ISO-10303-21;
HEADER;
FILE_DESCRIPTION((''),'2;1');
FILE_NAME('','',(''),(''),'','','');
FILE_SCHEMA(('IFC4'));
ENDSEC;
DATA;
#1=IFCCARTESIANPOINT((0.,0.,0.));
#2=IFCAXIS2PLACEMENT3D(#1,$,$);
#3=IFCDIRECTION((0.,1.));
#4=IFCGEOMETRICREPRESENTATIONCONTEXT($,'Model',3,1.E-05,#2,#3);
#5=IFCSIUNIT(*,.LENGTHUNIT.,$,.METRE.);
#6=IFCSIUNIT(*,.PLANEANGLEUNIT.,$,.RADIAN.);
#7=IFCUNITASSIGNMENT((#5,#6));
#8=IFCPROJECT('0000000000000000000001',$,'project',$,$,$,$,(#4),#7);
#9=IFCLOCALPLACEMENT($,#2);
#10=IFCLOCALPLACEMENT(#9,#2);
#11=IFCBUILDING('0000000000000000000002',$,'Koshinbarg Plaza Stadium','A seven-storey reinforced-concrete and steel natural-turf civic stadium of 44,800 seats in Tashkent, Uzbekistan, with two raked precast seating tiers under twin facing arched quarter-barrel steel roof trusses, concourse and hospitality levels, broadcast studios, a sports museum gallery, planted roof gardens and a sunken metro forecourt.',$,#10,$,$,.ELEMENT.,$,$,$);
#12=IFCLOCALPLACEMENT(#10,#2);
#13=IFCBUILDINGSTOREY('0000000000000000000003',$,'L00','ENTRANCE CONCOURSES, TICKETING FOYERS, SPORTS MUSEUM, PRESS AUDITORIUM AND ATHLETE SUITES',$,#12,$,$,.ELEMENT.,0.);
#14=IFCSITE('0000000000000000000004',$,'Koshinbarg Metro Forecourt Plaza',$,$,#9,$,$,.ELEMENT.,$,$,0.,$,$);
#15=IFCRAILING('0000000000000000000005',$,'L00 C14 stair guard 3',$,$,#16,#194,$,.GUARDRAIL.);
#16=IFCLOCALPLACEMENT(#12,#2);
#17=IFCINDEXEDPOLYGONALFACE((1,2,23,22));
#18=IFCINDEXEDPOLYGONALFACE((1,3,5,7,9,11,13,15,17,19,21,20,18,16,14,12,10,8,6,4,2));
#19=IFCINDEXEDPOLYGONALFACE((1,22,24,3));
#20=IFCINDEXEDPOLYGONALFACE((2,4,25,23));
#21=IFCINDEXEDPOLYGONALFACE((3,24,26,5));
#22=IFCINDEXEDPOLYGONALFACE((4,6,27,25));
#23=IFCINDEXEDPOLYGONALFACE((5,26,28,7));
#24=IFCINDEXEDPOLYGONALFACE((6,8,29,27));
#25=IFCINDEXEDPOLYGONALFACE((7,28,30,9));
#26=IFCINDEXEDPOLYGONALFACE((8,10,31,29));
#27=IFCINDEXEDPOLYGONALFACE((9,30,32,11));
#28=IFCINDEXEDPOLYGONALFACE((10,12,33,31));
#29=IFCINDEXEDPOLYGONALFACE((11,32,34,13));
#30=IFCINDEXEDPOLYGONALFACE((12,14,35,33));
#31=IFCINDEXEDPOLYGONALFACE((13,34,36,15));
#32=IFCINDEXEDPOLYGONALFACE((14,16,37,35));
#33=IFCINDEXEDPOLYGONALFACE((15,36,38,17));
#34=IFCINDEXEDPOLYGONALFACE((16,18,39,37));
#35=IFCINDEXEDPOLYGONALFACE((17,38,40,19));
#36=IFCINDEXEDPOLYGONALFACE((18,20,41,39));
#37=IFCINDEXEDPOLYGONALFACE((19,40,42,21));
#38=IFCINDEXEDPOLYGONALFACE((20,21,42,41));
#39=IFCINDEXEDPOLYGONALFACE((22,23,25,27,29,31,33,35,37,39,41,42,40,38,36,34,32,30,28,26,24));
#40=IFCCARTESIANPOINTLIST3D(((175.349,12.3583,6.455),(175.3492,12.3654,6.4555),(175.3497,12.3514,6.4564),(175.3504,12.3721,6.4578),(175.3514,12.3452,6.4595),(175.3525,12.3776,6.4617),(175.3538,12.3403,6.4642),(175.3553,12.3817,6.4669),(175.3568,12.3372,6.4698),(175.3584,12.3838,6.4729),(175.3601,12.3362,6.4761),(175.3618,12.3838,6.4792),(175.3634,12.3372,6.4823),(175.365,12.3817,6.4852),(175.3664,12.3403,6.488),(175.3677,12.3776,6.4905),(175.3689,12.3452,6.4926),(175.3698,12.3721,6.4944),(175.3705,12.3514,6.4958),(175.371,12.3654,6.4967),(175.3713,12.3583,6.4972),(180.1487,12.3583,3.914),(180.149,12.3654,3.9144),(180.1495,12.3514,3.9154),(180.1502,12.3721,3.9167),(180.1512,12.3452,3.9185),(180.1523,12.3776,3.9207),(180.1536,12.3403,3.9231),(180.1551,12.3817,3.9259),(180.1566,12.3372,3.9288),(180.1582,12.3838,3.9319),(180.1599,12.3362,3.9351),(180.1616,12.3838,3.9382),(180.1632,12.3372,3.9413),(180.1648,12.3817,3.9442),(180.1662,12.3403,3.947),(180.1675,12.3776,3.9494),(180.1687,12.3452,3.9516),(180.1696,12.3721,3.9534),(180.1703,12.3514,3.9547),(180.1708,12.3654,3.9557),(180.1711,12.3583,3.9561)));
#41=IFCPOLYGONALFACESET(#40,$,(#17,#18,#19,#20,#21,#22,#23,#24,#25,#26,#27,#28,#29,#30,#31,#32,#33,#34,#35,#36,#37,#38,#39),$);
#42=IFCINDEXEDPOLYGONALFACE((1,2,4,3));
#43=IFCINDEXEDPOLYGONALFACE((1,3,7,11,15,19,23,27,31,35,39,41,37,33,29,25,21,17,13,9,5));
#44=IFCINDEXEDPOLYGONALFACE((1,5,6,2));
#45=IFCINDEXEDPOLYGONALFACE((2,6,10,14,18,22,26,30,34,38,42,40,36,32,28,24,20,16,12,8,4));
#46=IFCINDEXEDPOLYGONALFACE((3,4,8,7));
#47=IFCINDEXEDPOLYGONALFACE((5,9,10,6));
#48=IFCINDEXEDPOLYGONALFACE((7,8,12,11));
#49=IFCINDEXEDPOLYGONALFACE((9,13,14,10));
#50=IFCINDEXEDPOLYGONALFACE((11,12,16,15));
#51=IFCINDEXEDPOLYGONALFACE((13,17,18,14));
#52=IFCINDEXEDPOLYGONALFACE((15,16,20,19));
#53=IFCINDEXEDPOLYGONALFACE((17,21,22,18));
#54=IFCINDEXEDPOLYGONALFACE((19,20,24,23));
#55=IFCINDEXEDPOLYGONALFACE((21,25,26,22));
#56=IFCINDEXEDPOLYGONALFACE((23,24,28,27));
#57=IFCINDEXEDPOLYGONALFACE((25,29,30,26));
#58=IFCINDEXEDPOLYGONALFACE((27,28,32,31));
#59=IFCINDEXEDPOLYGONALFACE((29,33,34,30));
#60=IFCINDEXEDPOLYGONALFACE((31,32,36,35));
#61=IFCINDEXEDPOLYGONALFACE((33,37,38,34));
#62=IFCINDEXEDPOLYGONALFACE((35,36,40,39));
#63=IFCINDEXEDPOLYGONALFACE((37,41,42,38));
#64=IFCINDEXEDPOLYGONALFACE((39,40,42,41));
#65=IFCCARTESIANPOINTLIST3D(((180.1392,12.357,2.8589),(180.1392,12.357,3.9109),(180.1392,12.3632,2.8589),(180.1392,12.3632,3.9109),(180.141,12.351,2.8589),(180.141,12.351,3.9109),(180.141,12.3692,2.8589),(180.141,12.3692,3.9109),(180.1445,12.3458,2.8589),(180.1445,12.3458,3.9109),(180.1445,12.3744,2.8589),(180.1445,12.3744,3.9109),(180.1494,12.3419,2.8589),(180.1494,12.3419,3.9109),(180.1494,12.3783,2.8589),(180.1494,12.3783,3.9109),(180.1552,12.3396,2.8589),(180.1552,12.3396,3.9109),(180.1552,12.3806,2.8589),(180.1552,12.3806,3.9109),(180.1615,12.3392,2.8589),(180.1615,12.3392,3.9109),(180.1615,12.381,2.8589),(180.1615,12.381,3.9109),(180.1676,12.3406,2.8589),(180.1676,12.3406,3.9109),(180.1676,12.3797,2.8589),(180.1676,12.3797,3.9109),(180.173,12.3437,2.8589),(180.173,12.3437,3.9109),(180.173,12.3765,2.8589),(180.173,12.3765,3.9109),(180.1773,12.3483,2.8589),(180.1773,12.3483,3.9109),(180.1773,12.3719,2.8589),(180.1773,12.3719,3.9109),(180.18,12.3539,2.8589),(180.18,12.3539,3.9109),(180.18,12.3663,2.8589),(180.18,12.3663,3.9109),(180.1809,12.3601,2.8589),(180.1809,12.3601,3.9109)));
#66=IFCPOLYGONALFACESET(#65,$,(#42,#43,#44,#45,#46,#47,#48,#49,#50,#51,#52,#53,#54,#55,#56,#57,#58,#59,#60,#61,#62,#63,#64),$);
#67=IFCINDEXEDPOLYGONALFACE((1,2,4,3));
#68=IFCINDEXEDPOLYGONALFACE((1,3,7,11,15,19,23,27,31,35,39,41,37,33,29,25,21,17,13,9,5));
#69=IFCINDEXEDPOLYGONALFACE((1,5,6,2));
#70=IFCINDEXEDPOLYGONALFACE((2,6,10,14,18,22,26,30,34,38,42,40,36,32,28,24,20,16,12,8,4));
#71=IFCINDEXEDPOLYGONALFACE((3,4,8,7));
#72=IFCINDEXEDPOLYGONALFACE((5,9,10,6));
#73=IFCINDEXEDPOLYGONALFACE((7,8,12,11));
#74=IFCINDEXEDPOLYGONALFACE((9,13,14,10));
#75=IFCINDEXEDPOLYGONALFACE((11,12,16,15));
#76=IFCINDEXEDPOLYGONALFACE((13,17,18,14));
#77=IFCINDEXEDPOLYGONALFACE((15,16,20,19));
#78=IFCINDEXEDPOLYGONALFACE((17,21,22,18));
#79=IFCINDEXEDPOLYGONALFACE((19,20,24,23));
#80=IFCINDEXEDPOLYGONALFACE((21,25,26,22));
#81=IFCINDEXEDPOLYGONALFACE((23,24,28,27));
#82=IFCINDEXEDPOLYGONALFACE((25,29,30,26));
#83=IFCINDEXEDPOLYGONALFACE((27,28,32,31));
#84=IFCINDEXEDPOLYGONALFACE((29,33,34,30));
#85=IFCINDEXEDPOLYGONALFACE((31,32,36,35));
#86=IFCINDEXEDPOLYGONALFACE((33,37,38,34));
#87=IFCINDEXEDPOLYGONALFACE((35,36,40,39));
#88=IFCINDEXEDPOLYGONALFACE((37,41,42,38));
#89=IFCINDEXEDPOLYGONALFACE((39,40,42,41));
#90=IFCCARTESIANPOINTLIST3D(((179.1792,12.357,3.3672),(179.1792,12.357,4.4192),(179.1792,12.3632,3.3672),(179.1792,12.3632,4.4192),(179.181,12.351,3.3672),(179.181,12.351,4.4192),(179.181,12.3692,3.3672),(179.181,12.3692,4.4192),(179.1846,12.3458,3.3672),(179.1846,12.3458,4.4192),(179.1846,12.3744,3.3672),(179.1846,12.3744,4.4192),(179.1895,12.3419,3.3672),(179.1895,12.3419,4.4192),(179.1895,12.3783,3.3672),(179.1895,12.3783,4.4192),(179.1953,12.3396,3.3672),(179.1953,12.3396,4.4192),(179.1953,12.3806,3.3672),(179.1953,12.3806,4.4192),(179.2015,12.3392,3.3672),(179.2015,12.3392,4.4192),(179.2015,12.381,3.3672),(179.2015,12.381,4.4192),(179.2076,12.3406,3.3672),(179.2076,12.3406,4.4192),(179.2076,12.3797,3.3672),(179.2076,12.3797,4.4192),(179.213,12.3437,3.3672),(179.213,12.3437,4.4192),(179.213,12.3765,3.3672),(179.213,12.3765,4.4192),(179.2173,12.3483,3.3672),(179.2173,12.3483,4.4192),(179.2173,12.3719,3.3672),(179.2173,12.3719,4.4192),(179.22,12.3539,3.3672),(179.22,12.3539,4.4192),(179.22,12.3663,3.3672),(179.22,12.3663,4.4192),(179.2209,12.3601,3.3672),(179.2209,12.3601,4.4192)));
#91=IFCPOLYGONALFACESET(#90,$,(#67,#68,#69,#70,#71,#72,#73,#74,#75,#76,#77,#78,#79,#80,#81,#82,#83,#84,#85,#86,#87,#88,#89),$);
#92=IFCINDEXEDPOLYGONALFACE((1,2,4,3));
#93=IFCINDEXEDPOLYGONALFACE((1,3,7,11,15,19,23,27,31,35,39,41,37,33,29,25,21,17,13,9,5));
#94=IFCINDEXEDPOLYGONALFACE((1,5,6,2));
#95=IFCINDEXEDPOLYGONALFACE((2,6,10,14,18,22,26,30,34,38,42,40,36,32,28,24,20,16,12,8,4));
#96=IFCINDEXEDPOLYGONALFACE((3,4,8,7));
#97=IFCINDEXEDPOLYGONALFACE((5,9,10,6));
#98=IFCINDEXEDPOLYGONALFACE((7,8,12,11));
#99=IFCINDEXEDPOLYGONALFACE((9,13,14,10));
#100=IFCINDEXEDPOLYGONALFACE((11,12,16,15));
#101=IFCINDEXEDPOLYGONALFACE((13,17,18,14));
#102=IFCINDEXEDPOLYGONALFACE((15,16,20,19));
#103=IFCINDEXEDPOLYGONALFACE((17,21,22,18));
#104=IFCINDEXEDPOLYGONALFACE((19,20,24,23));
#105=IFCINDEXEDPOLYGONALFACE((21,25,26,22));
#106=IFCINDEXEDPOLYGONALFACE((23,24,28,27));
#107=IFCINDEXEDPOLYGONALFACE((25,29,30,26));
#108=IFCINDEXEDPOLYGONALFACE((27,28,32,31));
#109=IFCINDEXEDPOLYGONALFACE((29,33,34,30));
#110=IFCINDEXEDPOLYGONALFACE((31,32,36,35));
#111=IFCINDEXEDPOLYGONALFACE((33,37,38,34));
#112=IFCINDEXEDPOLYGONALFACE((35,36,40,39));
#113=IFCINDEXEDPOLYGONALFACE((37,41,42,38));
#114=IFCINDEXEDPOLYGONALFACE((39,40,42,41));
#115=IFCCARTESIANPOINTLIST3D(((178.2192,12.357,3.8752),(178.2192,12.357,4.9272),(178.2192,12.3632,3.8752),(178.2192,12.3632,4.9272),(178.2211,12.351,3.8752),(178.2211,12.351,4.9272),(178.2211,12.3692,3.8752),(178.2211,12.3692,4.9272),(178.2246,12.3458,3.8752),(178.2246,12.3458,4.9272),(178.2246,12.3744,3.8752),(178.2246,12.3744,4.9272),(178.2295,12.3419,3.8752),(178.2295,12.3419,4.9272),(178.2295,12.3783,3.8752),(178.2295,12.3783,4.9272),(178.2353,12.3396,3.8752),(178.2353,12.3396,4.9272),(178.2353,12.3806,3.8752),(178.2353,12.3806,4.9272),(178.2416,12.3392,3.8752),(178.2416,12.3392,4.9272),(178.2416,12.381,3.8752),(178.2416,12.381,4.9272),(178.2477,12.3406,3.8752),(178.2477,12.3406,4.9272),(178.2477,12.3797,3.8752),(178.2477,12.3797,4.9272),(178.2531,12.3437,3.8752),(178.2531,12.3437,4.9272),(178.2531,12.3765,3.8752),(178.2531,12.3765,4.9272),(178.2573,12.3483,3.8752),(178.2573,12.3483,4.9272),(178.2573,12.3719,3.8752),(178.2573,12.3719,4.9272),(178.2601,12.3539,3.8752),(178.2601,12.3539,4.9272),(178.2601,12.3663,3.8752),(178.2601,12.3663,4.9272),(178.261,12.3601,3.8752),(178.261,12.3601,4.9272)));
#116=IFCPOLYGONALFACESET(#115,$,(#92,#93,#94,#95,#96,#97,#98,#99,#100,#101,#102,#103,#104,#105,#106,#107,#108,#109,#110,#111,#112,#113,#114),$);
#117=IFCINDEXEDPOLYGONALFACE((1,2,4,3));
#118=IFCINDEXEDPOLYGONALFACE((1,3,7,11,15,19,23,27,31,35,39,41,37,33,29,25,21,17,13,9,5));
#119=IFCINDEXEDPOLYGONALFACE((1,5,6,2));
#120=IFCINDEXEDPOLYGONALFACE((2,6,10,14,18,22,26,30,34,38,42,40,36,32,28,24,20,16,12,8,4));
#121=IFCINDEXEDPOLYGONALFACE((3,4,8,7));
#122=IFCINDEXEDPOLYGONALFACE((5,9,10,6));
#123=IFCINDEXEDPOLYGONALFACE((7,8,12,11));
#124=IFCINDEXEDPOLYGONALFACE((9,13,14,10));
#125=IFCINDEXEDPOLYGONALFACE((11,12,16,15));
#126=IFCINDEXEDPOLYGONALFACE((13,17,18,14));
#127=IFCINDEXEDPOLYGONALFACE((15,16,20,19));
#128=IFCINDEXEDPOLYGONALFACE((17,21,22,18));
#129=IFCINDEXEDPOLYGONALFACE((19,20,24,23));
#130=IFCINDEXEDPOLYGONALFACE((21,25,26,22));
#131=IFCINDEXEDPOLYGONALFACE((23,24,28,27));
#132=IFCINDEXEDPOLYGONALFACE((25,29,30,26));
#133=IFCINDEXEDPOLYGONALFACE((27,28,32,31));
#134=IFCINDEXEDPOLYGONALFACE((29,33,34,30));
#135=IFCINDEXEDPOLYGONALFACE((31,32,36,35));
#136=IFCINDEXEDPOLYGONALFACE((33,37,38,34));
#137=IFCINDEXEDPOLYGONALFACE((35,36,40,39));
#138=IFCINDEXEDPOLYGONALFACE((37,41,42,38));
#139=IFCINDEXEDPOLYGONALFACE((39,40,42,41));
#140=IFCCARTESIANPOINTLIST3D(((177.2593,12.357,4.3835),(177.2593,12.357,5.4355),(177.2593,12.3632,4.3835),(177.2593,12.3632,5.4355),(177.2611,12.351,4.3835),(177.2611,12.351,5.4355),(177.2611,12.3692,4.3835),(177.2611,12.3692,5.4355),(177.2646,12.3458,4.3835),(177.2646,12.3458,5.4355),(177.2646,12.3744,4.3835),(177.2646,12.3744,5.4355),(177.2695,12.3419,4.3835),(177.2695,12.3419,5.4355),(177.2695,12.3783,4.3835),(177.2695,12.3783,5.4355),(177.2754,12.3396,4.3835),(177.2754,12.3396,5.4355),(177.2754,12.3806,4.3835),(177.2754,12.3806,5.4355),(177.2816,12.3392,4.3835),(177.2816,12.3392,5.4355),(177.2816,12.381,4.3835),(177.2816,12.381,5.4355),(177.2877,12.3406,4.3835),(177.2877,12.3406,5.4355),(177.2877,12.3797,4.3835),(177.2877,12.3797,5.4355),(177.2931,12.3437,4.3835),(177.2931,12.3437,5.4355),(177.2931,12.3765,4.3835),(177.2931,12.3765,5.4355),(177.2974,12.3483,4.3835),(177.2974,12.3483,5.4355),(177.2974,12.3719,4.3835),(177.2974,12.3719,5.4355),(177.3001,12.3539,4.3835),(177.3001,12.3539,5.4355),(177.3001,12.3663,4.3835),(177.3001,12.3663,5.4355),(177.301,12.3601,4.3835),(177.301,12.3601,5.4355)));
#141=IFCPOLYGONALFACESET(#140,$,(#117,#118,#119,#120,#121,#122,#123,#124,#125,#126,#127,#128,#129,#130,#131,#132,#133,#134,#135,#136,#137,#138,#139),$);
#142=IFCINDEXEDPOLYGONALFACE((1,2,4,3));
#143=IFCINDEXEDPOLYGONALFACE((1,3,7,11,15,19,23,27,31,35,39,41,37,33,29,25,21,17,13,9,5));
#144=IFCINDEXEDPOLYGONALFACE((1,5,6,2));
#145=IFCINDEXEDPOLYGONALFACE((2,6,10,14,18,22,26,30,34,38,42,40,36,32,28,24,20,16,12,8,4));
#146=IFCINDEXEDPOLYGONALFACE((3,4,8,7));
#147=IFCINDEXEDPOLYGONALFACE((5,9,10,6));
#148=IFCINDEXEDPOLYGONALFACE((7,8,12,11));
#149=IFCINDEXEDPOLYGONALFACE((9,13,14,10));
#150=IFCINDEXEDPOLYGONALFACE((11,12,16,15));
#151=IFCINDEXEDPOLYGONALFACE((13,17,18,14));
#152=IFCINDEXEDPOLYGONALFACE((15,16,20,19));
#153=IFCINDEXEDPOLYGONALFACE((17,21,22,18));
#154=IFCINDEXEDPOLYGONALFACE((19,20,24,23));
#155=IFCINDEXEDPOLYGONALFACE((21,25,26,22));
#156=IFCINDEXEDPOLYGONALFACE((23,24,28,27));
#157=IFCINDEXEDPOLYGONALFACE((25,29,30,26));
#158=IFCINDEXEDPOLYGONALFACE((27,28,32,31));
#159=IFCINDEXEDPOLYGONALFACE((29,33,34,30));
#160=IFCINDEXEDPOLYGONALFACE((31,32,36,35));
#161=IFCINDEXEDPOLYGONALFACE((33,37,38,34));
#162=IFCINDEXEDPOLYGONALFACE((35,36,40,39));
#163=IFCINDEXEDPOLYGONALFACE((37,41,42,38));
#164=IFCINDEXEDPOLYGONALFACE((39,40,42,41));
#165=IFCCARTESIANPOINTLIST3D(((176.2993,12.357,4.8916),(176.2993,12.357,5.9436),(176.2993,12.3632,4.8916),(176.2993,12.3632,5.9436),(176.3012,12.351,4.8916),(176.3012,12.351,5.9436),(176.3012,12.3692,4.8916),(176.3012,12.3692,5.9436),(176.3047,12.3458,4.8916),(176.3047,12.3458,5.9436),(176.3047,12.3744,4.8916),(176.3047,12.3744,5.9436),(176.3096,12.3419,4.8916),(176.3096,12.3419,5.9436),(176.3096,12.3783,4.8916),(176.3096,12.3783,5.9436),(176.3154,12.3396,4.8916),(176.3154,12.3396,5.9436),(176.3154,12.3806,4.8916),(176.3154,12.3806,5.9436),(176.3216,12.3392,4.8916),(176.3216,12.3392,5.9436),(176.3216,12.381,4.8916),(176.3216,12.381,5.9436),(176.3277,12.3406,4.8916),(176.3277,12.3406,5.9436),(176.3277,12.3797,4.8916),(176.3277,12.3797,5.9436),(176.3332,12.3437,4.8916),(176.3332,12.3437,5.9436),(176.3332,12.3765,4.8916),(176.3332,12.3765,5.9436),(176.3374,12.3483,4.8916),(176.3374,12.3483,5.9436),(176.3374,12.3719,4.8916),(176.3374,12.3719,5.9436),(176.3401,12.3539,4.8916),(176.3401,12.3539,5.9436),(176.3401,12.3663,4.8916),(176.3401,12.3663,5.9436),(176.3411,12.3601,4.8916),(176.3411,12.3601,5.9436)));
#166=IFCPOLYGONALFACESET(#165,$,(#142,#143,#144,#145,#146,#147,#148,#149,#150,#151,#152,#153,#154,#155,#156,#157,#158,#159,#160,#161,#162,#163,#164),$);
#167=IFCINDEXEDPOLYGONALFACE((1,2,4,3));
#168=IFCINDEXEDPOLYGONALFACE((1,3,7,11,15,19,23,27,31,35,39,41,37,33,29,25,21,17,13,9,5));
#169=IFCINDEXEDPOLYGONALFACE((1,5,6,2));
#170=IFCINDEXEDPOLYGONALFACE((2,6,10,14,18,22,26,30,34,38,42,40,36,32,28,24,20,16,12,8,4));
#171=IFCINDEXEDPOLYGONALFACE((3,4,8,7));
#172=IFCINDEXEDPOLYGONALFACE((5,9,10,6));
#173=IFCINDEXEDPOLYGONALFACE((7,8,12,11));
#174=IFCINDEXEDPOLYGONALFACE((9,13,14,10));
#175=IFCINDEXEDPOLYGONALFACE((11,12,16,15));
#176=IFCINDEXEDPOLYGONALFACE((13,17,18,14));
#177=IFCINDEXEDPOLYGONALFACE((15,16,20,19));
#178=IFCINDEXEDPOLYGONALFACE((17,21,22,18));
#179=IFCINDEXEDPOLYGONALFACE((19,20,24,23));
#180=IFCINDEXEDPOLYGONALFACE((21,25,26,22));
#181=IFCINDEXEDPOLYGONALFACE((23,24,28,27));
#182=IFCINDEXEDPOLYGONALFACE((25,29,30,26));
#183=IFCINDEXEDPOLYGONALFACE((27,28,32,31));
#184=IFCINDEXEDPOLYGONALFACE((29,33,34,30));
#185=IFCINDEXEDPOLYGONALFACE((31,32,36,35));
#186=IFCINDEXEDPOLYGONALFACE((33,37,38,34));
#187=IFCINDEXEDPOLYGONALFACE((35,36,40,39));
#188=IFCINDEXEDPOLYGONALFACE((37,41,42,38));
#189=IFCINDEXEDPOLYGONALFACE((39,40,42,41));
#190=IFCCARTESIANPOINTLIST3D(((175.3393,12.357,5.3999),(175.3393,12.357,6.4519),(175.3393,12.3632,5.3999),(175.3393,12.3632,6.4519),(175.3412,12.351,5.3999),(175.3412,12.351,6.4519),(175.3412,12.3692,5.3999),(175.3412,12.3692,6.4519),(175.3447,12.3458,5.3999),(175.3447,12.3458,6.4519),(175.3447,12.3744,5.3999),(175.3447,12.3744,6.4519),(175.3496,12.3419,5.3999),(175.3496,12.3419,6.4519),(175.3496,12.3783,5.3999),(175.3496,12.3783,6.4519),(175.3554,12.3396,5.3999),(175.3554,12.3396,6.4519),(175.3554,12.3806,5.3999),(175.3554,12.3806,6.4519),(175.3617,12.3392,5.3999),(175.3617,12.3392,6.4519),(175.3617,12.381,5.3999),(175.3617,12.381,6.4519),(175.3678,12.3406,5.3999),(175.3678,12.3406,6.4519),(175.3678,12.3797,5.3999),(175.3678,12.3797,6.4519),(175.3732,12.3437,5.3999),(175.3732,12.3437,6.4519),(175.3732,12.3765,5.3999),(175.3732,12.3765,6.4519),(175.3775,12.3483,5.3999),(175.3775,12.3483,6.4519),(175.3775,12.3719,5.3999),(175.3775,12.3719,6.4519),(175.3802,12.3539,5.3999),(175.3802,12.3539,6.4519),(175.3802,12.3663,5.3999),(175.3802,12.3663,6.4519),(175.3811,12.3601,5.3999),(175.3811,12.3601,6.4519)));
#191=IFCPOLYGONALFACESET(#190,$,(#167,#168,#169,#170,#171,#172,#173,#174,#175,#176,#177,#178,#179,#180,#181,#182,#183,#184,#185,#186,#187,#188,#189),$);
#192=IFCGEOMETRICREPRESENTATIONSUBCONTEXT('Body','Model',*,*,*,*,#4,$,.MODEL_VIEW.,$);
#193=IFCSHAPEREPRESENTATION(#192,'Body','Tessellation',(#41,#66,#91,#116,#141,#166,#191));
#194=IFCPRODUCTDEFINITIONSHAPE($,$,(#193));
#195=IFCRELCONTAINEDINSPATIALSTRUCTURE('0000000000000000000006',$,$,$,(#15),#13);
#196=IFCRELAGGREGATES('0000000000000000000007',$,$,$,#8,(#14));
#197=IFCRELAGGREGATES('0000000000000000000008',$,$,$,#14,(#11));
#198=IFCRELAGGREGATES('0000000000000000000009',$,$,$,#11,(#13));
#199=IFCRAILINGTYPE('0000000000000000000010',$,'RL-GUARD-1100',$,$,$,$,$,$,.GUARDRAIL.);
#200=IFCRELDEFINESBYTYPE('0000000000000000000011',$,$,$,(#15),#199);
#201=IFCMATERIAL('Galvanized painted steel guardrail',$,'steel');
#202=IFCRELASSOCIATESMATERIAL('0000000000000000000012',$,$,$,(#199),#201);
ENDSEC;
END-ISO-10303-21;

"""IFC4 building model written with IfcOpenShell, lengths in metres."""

from ifc_helpers import new_model, si_unit, direction, frame, origin, origin_2d, place, context, subcontext, project, spatial, circle, extrude, material, type_object, element, save


model = new_model("IFC4")

# Units and contexts
model_context = context("Model", 3, precision=1e-05, world=origin(), true_north=direction((0.0, 1.0)))
body_context = subcontext(model_context, "Body", "Model", "MODEL_VIEW")
ifc_project = project(units=[si_unit("LENGTHUNIT", "METRE"), si_unit("PLANEANGLEUNIT", "RADIAN")], contexts=[model_context])

# Site, building, storey
site_placement = place(None, origin())
site = spatial("IfcSite", under=ifc_project, at=site_placement, Name="Koshinbarg Metro Forecourt Plaza", CompositionType="ELEMENT", RefElevation=0.0)
building_placement = place(site_placement, origin())
building = spatial("IfcBuilding", under=site, at=building_placement, Name="Koshinbarg Plaza Stadium", Description="A seven-storey reinforced-concrete and steel natural-turf civic stadium of 44,800 seats in Tashkent, Uzbekistan, with two raked precast seating tiers under twin facing arched quarter-barrel steel roof trusses, concourse and hospitality levels, broadcast studios, a sports museum gallery, planted roof gardens and a sunken metro forecourt.", CompositionType="ELEMENT")
storey_placement = place(building_placement, origin())
storey = spatial("IfcBuildingStorey", under=building, at=storey_placement, Name="L00", Description="ENTRANCE CONCOURSES, TICKETING FOYERS, SPORTS MUSEUM, PRESS AUDITORIUM AND ATHLETE SUITES", CompositionType="ELEMENT", Elevation=0.0)

# Railing
ifc_material_1 = material(Name="Galvanized painted steel guardrail", Category="steel")
railing_type_1 = type_object("IfcRailingType", Name="RL-GUARD-1100", PredefinedType="GUARDRAIL", material=ifc_material_1)
railing_1_placement = place(storey_placement, frame((180.1599, 12.3601, 2.8589)))
element("IfcRailing", 1, at=railing_1_placement, inside=storey, type_object=railing_type_1, Name="L00 C14 stair guard 3", PredefinedType="GUARDRAIL", context=body_context, shape_type="SweptSolid", body=[
    extrude(circle(Radius=0.0239, at=origin_2d()), frame((0.0, 0.0, 1.0762), z_axis=(-0.883792, 0.0, 0.467879), x_axis=(0.0, -1.0, 0.0)), (0.0, 0.0, 1.0), 5.4309),
    extrude(circle(Radius=0.021, at=origin_2d()), origin(), (0.0, 0.0, 1.0), 1.052),
    extrude(circle(Radius=0.021, at=origin_2d()), frame((-0.96, 0.0, 0.5083)), (0.0, 0.0, 1.0), 1.052),
    extrude(circle(Radius=0.021, at=origin_2d()), frame((-1.9199, 0.0, 1.0164)), (0.0, 0.0, 1.0), 1.052),
    extrude(circle(Radius=0.021, at=origin_2d()), frame((-2.8799, 0.0, 1.5247)), (0.0, 0.0, 1.0), 1.052),
    extrude(circle(Radius=0.021, at=origin_2d()), frame((-3.8398, 0.0, 2.0327)), (0.0, 0.0, 1.0), 1.052),
    extrude(circle(Radius=0.021, at=origin_2d()), frame((-4.7998, 0.0, 2.541)), (0.0, 0.0, 1.0), 1.052),
])

save(model, "model.ifc")
